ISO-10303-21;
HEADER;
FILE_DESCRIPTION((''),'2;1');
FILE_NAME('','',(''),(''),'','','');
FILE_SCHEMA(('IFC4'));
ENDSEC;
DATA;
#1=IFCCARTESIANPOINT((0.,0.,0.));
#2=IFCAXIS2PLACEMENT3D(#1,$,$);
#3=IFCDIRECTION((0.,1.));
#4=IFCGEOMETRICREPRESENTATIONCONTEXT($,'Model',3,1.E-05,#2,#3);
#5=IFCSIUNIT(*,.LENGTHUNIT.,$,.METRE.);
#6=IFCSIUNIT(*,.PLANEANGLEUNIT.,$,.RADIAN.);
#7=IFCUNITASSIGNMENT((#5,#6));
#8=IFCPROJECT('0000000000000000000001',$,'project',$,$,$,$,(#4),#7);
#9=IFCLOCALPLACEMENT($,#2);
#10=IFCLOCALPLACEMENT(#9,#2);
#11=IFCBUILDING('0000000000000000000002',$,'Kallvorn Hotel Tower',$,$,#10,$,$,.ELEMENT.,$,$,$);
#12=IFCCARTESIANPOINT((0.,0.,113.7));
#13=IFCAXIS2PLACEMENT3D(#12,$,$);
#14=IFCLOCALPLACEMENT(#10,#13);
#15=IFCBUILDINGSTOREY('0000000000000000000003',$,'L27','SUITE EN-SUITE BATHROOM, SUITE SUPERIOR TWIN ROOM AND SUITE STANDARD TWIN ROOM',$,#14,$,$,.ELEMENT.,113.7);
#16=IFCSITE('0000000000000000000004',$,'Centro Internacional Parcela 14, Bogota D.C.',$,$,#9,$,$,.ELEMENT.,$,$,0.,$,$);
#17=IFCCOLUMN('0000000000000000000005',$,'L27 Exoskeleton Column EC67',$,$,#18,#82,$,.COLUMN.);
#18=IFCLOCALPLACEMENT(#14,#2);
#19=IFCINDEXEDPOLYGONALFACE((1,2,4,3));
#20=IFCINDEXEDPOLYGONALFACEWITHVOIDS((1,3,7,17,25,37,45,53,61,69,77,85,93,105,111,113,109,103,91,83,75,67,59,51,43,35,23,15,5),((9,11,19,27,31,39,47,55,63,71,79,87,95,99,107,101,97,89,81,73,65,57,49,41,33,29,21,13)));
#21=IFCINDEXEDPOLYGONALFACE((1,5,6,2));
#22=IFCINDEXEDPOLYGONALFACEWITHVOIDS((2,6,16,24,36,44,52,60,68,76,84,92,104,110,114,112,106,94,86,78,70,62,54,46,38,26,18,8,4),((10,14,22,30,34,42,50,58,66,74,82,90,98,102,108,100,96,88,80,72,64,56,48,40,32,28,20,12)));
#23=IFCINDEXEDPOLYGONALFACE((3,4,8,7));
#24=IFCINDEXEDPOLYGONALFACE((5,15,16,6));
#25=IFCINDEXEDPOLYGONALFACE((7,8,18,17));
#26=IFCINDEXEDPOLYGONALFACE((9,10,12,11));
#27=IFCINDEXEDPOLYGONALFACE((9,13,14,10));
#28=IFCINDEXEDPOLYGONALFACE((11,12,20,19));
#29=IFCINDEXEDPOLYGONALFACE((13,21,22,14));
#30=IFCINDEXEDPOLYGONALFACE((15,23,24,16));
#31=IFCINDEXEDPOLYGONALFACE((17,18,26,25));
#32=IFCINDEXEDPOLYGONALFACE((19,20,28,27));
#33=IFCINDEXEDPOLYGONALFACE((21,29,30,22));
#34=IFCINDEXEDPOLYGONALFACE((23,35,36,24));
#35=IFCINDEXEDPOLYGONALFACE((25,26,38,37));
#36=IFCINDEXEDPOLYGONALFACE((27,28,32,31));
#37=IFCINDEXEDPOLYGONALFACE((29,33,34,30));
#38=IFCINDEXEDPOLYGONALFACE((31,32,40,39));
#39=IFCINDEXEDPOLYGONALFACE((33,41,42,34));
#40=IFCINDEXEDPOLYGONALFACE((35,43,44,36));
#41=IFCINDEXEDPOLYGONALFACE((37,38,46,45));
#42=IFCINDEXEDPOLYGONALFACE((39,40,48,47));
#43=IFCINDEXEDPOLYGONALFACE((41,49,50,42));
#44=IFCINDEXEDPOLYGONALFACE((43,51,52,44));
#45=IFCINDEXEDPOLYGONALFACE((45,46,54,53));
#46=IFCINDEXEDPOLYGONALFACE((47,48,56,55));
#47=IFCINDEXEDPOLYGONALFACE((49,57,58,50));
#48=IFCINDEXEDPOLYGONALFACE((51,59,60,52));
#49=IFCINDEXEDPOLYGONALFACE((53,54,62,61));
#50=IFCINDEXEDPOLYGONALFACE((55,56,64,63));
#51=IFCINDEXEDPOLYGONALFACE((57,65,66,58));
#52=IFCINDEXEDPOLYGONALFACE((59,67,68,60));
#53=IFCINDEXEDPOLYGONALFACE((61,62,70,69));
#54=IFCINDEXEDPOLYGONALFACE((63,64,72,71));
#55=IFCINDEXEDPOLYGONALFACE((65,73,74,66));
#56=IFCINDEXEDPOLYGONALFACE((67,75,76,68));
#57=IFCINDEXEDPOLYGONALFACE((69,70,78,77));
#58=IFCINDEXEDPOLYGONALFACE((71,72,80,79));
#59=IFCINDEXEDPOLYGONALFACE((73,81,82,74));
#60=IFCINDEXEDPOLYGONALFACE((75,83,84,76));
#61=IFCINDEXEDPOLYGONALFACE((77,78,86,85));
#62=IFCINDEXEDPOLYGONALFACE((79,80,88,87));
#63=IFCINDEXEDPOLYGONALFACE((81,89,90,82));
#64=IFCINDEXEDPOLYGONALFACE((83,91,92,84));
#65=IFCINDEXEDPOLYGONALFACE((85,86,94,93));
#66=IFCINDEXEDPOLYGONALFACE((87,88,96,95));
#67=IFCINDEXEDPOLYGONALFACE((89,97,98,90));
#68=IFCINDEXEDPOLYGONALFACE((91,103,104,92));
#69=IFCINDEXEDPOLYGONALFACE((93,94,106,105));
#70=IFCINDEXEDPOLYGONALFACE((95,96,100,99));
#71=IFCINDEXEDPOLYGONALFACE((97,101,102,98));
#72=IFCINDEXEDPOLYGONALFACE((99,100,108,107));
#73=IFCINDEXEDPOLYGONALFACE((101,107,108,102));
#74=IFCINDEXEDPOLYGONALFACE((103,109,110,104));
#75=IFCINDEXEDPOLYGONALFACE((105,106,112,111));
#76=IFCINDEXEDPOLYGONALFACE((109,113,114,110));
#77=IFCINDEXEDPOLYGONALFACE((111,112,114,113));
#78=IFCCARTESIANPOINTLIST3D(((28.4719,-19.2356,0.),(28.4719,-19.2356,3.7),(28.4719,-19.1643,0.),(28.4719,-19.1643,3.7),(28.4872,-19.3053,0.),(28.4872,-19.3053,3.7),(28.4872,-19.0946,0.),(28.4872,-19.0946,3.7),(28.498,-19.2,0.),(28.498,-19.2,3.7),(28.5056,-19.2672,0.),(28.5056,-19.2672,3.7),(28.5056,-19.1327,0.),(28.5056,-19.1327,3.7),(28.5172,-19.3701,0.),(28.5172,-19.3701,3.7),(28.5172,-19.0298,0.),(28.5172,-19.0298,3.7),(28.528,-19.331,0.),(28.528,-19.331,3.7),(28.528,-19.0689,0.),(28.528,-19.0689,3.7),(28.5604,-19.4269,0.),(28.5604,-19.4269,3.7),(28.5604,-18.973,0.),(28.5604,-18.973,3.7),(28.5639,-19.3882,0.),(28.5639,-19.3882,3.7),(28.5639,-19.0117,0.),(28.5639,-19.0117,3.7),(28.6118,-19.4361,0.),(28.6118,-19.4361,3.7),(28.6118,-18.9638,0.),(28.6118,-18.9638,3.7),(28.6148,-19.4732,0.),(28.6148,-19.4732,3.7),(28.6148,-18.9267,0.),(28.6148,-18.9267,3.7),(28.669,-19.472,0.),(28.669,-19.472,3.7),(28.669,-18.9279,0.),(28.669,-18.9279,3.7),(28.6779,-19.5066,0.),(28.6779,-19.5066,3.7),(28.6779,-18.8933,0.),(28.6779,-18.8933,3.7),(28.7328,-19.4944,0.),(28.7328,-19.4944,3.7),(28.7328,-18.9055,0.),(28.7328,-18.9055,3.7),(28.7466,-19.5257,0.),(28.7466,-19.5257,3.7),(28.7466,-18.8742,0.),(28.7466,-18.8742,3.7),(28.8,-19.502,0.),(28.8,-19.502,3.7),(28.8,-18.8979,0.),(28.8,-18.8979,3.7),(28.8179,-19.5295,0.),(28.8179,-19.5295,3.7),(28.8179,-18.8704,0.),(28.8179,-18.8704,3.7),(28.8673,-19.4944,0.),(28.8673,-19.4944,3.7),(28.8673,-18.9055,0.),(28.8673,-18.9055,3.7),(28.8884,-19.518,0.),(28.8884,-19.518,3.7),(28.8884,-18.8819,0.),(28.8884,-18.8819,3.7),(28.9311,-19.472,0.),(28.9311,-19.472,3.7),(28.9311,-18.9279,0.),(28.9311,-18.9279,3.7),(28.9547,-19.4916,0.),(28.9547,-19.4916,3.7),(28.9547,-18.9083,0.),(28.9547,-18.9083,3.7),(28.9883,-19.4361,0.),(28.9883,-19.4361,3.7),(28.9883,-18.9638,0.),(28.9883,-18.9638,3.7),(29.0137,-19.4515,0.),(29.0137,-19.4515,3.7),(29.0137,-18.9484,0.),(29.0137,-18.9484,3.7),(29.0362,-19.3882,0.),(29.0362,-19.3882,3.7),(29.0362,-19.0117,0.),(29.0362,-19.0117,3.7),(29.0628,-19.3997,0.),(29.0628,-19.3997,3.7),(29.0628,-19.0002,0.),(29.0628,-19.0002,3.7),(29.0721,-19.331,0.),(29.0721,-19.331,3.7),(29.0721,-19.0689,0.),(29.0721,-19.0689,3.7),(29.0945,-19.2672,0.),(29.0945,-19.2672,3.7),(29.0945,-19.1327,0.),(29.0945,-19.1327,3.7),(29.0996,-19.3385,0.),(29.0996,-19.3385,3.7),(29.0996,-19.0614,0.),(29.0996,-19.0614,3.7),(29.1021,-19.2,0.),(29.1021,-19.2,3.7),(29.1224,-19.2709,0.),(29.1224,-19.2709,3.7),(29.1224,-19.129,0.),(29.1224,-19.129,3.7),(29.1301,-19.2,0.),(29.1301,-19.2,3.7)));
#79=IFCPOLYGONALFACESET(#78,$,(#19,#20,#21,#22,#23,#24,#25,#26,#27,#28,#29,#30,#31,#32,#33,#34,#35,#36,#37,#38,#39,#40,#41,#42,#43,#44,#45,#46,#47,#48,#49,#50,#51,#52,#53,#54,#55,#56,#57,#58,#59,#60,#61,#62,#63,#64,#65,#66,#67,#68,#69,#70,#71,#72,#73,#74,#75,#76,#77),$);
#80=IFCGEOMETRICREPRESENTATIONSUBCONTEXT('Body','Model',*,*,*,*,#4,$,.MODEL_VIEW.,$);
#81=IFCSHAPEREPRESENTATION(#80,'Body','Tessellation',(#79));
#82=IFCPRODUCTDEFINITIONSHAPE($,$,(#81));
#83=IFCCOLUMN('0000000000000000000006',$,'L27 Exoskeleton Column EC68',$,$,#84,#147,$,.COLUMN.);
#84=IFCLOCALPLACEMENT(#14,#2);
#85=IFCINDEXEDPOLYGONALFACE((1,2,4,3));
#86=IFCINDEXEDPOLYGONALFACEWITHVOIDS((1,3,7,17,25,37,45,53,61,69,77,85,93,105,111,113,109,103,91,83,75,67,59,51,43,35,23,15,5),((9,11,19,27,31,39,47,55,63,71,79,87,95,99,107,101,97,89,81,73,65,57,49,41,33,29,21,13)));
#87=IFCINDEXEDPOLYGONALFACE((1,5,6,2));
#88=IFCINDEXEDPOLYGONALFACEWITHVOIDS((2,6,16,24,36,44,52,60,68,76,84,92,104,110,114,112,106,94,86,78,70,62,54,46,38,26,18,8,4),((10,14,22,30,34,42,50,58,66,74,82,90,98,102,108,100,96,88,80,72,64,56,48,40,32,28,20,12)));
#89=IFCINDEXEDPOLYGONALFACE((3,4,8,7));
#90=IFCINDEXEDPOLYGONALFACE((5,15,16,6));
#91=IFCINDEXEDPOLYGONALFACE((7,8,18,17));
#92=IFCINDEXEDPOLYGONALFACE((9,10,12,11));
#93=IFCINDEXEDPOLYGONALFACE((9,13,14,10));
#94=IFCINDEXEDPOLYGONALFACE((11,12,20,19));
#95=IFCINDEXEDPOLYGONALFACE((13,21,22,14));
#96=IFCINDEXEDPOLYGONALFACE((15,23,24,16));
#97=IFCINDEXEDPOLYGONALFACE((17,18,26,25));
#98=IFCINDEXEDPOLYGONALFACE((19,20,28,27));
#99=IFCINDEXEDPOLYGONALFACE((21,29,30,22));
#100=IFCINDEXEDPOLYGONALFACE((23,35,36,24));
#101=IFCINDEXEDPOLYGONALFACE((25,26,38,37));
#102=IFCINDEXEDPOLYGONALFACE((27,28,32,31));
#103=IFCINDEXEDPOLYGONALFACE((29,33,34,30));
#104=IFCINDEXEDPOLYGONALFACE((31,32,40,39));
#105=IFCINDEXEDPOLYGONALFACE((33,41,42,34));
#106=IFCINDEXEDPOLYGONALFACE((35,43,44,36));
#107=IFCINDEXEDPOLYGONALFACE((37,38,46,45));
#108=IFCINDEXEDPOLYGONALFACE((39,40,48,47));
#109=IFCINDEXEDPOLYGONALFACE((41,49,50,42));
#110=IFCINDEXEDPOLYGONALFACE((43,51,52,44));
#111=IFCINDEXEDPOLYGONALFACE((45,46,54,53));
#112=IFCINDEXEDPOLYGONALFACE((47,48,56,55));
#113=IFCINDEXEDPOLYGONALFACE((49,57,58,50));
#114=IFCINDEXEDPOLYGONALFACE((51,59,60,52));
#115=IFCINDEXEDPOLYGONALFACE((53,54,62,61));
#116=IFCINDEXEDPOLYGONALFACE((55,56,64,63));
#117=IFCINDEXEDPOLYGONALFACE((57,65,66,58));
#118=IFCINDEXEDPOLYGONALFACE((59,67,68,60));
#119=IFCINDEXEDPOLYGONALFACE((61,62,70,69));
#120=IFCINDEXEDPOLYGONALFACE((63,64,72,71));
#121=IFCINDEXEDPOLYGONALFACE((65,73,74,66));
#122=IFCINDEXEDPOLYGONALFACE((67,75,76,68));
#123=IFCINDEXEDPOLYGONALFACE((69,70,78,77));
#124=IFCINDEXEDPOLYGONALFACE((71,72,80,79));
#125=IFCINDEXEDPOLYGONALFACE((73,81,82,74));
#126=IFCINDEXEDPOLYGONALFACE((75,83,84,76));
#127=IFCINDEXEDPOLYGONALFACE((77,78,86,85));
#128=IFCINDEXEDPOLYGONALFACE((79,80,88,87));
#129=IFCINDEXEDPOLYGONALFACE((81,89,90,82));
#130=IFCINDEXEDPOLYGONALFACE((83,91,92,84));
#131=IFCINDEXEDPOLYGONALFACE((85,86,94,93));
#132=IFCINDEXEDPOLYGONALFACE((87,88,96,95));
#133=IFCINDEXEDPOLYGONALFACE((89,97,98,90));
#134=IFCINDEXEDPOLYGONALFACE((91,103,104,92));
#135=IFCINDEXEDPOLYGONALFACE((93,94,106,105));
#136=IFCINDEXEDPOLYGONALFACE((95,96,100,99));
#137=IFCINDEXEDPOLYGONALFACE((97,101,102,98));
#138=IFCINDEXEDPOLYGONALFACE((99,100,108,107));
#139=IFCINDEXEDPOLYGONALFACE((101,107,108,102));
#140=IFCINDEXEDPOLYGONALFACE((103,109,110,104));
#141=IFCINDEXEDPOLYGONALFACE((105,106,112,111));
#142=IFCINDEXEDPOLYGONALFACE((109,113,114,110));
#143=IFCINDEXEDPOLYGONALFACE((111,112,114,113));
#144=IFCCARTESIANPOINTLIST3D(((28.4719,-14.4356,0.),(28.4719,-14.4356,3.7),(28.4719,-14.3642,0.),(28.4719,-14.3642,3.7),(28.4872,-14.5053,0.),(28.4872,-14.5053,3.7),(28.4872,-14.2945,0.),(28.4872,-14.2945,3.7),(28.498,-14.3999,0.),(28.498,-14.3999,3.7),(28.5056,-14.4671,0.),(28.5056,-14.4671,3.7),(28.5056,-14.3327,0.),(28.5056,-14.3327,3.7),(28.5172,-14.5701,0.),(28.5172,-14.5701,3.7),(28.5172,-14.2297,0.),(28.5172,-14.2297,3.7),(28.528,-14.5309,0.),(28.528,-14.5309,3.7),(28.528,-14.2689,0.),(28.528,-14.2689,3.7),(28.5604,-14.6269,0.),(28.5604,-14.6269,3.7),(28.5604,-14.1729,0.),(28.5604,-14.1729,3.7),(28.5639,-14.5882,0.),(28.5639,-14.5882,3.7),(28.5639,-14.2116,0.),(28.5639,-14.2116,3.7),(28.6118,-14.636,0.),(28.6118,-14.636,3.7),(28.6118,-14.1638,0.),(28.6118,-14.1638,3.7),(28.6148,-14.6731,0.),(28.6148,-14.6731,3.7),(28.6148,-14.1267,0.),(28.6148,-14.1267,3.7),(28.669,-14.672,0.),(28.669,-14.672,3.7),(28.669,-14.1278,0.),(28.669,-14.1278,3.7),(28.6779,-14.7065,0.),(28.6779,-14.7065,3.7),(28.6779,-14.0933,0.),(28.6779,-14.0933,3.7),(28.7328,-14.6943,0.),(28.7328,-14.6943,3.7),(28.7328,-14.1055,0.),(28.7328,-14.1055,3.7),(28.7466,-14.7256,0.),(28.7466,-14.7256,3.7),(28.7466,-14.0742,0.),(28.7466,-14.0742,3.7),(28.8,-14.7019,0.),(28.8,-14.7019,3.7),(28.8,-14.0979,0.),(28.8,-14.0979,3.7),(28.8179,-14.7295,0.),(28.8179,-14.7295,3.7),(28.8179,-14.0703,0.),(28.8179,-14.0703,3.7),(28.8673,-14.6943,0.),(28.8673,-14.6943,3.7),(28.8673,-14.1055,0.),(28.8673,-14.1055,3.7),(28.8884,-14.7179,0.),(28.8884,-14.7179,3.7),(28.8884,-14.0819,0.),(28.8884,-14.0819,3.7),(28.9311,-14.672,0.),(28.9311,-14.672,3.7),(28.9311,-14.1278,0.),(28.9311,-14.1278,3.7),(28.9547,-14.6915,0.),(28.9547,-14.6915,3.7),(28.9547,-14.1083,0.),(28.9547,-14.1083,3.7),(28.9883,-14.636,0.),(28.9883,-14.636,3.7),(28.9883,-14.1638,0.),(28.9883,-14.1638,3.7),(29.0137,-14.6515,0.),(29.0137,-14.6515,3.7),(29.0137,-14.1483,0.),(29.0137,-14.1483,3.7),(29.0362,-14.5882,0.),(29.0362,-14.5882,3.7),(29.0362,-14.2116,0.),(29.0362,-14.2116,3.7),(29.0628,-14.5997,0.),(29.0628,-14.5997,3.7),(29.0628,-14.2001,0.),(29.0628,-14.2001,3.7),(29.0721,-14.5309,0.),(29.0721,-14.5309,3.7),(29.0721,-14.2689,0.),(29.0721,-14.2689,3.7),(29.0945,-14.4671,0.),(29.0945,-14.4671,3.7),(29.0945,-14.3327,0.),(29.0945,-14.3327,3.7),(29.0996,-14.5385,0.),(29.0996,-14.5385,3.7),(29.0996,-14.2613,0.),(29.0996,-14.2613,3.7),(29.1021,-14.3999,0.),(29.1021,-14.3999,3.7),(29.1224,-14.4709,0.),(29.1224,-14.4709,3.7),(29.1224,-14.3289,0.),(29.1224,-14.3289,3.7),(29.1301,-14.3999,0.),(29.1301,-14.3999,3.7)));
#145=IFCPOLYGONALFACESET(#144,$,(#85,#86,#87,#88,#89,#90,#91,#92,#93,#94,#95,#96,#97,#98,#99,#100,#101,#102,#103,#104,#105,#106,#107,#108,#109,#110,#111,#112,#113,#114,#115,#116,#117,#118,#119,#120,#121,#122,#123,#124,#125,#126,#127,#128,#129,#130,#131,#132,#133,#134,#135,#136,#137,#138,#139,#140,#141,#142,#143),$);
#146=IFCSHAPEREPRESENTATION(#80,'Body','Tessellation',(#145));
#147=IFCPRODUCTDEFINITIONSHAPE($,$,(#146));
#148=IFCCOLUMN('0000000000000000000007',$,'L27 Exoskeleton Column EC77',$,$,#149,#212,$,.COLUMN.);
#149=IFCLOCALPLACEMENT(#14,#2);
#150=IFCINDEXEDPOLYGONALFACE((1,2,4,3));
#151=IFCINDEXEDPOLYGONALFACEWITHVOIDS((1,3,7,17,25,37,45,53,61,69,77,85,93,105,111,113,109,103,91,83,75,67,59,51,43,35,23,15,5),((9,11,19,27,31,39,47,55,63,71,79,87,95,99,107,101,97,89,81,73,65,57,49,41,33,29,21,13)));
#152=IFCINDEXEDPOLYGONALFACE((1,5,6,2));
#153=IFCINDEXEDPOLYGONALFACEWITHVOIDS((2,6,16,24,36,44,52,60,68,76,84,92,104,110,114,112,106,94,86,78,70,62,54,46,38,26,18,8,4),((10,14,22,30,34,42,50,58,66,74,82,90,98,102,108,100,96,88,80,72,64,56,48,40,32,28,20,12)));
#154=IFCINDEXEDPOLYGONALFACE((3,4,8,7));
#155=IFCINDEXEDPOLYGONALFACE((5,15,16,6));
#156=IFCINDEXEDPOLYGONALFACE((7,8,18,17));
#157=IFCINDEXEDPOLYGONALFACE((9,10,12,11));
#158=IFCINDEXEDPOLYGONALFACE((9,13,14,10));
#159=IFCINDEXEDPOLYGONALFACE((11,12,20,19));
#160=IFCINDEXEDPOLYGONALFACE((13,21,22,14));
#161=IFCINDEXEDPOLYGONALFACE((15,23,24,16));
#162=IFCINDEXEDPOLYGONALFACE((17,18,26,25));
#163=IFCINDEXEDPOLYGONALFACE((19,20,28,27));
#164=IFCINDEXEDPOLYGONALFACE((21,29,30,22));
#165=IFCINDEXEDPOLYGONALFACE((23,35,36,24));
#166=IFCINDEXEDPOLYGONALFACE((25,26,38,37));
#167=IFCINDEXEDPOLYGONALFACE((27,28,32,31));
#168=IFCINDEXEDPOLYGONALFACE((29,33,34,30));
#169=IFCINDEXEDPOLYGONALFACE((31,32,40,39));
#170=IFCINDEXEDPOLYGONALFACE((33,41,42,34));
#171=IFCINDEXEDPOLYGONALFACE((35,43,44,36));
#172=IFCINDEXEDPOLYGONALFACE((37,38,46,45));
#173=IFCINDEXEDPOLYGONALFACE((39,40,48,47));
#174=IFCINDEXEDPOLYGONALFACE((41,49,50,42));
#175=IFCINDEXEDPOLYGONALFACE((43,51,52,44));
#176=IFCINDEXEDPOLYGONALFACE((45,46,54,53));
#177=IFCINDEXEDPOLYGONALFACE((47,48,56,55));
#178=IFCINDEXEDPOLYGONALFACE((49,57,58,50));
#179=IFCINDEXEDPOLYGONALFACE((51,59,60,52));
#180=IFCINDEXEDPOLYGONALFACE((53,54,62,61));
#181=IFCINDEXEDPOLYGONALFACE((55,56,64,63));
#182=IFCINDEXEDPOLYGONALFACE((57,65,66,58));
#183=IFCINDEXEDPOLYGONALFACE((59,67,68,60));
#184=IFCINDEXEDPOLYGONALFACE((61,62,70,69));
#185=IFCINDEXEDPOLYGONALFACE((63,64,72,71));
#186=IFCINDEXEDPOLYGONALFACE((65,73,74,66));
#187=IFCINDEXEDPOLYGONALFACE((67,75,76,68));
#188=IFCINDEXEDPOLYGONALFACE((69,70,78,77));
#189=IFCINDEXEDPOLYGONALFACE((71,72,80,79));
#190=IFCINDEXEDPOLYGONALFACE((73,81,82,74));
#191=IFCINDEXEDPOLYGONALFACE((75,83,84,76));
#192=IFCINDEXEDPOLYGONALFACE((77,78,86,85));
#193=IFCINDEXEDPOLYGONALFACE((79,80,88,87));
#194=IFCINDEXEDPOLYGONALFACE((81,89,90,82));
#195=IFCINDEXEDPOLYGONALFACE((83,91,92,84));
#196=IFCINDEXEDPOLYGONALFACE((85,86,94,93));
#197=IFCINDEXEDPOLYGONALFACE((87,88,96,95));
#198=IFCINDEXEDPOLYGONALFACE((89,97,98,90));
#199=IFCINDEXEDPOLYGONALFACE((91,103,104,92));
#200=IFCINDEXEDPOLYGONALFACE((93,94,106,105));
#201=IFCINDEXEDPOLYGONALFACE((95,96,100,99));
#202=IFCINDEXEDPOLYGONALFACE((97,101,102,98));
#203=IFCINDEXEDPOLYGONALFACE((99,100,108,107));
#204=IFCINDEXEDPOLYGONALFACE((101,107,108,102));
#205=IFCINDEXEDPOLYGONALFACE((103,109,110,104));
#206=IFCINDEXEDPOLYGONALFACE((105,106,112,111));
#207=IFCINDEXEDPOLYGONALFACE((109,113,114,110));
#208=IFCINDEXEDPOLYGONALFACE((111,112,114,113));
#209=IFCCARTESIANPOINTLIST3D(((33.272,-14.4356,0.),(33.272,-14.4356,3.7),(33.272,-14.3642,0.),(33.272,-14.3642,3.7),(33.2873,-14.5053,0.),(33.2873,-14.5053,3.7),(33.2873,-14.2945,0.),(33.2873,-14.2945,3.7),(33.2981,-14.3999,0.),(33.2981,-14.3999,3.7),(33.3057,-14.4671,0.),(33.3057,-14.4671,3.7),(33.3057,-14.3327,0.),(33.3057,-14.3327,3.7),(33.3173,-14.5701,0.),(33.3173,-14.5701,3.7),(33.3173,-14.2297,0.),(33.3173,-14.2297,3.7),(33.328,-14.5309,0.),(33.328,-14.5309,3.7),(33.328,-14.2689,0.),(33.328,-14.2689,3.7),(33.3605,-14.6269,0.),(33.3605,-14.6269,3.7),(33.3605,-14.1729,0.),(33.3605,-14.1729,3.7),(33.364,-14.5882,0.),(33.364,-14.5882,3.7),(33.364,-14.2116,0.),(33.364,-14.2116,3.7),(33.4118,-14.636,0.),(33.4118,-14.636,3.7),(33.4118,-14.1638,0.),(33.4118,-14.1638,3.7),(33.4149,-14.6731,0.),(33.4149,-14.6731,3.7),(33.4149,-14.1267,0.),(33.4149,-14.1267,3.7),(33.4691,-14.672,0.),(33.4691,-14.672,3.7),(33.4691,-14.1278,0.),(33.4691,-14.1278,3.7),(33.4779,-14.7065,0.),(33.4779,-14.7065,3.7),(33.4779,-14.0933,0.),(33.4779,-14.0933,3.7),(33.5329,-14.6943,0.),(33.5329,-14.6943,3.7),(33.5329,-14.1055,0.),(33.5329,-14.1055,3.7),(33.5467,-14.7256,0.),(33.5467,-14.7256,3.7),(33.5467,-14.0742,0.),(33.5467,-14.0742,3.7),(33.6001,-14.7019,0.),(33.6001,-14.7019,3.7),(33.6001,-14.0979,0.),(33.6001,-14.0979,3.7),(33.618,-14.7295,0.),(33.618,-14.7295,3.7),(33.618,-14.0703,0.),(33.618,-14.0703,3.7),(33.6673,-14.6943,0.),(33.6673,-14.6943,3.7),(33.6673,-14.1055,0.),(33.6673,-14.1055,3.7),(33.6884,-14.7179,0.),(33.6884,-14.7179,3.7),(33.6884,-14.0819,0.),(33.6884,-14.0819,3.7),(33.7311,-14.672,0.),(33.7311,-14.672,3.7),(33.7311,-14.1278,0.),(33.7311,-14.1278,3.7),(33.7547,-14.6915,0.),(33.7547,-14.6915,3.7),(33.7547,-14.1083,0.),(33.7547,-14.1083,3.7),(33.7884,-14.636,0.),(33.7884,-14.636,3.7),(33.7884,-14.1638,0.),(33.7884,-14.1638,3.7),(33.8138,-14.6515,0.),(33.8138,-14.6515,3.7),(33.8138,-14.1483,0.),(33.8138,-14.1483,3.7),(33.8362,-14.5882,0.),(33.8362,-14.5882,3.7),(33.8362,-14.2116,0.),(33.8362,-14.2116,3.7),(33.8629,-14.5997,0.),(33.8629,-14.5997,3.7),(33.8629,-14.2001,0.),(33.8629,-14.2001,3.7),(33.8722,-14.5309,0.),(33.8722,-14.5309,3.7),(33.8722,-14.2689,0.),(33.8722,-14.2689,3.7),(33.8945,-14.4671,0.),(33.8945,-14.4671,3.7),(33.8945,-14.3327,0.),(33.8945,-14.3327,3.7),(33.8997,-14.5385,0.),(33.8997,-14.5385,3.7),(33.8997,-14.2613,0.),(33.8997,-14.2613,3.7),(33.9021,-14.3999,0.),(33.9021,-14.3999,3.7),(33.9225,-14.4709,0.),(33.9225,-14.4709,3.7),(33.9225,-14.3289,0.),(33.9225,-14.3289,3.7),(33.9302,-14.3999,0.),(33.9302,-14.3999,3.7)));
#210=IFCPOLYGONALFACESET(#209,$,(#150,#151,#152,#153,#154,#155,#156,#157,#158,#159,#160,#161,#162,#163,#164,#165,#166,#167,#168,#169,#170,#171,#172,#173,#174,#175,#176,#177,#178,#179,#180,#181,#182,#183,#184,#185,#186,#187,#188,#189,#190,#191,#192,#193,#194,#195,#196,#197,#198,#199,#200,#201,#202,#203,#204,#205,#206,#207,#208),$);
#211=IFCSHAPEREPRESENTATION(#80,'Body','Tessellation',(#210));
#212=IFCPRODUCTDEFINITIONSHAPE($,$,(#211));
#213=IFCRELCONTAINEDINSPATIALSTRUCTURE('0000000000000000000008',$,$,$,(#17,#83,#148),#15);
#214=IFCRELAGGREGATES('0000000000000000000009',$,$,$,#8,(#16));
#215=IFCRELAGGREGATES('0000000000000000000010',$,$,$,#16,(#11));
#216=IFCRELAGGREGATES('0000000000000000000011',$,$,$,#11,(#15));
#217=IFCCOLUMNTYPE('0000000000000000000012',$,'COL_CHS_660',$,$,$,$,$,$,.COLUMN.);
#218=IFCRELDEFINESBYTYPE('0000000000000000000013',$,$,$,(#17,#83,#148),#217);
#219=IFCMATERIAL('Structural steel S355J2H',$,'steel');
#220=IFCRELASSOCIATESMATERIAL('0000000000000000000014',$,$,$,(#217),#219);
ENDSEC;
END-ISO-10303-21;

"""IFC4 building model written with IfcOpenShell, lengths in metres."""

from ifc_helpers import new_model, si_unit, direction, frame, origin, origin_2d, place, context, subcontext, project, spatial, hollow_circle, extrude, material, material_profile, profile_set, type_object, element, save


model = new_model("IFC4")

# Units and contexts
model_context = context("Model", 3, precision=1e-05, world=origin(), true_north=direction((0.0, 1.0)))
body_context = subcontext(model_context, "Body", "Model", "MODEL_VIEW")
ifc_project = project(units=[si_unit("LENGTHUNIT", "METRE"), si_unit("PLANEANGLEUNIT", "RADIAN")], contexts=[model_context])

# Site, building, storey
site_placement = place(None, origin())
site = spatial("IfcSite", under=ifc_project, at=site_placement, Name="Centro Internacional Parcela 14, Bogota D.C.", CompositionType="ELEMENT", RefElevation=0.0)
building_placement = place(site_placement, origin())
building = spatial("IfcBuilding", under=site, at=building_placement, Name="Kallvorn Hotel Tower", CompositionType="ELEMENT")
storey_placement = place(building_placement, frame((0.0, 0.0, 113.7)))
storey = spatial("IfcBuildingStorey", under=building, at=storey_placement, Name="L27", Description="SUITE EN-SUITE BATHROOM, SUITE SUPERIOR TWIN ROOM AND SUITE STANDARD TWIN ROOM", CompositionType="ELEMENT", Elevation=113.7)

# Columns
ifc_material_1 = material(Name="Structural steel S355J2H", Category="steel")
ifc_material_profile_1 = material_profile(ifc_material_1, hollow_circle(Radius=0.3301, WallThickness=0.0281, at=origin_2d()), Name="CHS 660x28")
ifc_profile_set_1 = profile_set([ifc_material_profile_1], Name="Structural steel S355J2H")
column_type_1 = type_object("IfcColumnType", Name="COL_CHS_660", PredefinedType="COLUMN", material=ifc_profile_set_1)
for number, where, z_axis, x_axis, name in (
    (1, (28.8, -19.2, 0.0), (0.0, 0.0, 1.0), (1.0, 0.0, 0.0), "L27 Exoskeleton Column EC67"),
    (2, (28.8, -14.3999, 0.0), (0.0, 0.0, 1.0), (1.0, 0.0, 0.0), "L27 Exoskeleton Column EC68"),
    (3, (33.6001, -14.3999, 0.0), (0.0, 0.0, 1.0), (1.0, 0.0, 0.0), "L27 Exoskeleton Column EC77"),
):
    element("IfcColumn", number, at=place(storey_placement, frame(where, z_axis=z_axis, x_axis=x_axis)), inside=storey, type_object=column_type_1, Name=name, PredefinedType="COLUMN", context=body_context, shape_type="SweptSolid", body=[
        extrude(hollow_circle(Radius=0.3301, WallThickness=0.0281, at=origin_2d()), origin(), (0.0, 0.0, 1.0), 3.7),
    ])

save(model, "model.ifc")
